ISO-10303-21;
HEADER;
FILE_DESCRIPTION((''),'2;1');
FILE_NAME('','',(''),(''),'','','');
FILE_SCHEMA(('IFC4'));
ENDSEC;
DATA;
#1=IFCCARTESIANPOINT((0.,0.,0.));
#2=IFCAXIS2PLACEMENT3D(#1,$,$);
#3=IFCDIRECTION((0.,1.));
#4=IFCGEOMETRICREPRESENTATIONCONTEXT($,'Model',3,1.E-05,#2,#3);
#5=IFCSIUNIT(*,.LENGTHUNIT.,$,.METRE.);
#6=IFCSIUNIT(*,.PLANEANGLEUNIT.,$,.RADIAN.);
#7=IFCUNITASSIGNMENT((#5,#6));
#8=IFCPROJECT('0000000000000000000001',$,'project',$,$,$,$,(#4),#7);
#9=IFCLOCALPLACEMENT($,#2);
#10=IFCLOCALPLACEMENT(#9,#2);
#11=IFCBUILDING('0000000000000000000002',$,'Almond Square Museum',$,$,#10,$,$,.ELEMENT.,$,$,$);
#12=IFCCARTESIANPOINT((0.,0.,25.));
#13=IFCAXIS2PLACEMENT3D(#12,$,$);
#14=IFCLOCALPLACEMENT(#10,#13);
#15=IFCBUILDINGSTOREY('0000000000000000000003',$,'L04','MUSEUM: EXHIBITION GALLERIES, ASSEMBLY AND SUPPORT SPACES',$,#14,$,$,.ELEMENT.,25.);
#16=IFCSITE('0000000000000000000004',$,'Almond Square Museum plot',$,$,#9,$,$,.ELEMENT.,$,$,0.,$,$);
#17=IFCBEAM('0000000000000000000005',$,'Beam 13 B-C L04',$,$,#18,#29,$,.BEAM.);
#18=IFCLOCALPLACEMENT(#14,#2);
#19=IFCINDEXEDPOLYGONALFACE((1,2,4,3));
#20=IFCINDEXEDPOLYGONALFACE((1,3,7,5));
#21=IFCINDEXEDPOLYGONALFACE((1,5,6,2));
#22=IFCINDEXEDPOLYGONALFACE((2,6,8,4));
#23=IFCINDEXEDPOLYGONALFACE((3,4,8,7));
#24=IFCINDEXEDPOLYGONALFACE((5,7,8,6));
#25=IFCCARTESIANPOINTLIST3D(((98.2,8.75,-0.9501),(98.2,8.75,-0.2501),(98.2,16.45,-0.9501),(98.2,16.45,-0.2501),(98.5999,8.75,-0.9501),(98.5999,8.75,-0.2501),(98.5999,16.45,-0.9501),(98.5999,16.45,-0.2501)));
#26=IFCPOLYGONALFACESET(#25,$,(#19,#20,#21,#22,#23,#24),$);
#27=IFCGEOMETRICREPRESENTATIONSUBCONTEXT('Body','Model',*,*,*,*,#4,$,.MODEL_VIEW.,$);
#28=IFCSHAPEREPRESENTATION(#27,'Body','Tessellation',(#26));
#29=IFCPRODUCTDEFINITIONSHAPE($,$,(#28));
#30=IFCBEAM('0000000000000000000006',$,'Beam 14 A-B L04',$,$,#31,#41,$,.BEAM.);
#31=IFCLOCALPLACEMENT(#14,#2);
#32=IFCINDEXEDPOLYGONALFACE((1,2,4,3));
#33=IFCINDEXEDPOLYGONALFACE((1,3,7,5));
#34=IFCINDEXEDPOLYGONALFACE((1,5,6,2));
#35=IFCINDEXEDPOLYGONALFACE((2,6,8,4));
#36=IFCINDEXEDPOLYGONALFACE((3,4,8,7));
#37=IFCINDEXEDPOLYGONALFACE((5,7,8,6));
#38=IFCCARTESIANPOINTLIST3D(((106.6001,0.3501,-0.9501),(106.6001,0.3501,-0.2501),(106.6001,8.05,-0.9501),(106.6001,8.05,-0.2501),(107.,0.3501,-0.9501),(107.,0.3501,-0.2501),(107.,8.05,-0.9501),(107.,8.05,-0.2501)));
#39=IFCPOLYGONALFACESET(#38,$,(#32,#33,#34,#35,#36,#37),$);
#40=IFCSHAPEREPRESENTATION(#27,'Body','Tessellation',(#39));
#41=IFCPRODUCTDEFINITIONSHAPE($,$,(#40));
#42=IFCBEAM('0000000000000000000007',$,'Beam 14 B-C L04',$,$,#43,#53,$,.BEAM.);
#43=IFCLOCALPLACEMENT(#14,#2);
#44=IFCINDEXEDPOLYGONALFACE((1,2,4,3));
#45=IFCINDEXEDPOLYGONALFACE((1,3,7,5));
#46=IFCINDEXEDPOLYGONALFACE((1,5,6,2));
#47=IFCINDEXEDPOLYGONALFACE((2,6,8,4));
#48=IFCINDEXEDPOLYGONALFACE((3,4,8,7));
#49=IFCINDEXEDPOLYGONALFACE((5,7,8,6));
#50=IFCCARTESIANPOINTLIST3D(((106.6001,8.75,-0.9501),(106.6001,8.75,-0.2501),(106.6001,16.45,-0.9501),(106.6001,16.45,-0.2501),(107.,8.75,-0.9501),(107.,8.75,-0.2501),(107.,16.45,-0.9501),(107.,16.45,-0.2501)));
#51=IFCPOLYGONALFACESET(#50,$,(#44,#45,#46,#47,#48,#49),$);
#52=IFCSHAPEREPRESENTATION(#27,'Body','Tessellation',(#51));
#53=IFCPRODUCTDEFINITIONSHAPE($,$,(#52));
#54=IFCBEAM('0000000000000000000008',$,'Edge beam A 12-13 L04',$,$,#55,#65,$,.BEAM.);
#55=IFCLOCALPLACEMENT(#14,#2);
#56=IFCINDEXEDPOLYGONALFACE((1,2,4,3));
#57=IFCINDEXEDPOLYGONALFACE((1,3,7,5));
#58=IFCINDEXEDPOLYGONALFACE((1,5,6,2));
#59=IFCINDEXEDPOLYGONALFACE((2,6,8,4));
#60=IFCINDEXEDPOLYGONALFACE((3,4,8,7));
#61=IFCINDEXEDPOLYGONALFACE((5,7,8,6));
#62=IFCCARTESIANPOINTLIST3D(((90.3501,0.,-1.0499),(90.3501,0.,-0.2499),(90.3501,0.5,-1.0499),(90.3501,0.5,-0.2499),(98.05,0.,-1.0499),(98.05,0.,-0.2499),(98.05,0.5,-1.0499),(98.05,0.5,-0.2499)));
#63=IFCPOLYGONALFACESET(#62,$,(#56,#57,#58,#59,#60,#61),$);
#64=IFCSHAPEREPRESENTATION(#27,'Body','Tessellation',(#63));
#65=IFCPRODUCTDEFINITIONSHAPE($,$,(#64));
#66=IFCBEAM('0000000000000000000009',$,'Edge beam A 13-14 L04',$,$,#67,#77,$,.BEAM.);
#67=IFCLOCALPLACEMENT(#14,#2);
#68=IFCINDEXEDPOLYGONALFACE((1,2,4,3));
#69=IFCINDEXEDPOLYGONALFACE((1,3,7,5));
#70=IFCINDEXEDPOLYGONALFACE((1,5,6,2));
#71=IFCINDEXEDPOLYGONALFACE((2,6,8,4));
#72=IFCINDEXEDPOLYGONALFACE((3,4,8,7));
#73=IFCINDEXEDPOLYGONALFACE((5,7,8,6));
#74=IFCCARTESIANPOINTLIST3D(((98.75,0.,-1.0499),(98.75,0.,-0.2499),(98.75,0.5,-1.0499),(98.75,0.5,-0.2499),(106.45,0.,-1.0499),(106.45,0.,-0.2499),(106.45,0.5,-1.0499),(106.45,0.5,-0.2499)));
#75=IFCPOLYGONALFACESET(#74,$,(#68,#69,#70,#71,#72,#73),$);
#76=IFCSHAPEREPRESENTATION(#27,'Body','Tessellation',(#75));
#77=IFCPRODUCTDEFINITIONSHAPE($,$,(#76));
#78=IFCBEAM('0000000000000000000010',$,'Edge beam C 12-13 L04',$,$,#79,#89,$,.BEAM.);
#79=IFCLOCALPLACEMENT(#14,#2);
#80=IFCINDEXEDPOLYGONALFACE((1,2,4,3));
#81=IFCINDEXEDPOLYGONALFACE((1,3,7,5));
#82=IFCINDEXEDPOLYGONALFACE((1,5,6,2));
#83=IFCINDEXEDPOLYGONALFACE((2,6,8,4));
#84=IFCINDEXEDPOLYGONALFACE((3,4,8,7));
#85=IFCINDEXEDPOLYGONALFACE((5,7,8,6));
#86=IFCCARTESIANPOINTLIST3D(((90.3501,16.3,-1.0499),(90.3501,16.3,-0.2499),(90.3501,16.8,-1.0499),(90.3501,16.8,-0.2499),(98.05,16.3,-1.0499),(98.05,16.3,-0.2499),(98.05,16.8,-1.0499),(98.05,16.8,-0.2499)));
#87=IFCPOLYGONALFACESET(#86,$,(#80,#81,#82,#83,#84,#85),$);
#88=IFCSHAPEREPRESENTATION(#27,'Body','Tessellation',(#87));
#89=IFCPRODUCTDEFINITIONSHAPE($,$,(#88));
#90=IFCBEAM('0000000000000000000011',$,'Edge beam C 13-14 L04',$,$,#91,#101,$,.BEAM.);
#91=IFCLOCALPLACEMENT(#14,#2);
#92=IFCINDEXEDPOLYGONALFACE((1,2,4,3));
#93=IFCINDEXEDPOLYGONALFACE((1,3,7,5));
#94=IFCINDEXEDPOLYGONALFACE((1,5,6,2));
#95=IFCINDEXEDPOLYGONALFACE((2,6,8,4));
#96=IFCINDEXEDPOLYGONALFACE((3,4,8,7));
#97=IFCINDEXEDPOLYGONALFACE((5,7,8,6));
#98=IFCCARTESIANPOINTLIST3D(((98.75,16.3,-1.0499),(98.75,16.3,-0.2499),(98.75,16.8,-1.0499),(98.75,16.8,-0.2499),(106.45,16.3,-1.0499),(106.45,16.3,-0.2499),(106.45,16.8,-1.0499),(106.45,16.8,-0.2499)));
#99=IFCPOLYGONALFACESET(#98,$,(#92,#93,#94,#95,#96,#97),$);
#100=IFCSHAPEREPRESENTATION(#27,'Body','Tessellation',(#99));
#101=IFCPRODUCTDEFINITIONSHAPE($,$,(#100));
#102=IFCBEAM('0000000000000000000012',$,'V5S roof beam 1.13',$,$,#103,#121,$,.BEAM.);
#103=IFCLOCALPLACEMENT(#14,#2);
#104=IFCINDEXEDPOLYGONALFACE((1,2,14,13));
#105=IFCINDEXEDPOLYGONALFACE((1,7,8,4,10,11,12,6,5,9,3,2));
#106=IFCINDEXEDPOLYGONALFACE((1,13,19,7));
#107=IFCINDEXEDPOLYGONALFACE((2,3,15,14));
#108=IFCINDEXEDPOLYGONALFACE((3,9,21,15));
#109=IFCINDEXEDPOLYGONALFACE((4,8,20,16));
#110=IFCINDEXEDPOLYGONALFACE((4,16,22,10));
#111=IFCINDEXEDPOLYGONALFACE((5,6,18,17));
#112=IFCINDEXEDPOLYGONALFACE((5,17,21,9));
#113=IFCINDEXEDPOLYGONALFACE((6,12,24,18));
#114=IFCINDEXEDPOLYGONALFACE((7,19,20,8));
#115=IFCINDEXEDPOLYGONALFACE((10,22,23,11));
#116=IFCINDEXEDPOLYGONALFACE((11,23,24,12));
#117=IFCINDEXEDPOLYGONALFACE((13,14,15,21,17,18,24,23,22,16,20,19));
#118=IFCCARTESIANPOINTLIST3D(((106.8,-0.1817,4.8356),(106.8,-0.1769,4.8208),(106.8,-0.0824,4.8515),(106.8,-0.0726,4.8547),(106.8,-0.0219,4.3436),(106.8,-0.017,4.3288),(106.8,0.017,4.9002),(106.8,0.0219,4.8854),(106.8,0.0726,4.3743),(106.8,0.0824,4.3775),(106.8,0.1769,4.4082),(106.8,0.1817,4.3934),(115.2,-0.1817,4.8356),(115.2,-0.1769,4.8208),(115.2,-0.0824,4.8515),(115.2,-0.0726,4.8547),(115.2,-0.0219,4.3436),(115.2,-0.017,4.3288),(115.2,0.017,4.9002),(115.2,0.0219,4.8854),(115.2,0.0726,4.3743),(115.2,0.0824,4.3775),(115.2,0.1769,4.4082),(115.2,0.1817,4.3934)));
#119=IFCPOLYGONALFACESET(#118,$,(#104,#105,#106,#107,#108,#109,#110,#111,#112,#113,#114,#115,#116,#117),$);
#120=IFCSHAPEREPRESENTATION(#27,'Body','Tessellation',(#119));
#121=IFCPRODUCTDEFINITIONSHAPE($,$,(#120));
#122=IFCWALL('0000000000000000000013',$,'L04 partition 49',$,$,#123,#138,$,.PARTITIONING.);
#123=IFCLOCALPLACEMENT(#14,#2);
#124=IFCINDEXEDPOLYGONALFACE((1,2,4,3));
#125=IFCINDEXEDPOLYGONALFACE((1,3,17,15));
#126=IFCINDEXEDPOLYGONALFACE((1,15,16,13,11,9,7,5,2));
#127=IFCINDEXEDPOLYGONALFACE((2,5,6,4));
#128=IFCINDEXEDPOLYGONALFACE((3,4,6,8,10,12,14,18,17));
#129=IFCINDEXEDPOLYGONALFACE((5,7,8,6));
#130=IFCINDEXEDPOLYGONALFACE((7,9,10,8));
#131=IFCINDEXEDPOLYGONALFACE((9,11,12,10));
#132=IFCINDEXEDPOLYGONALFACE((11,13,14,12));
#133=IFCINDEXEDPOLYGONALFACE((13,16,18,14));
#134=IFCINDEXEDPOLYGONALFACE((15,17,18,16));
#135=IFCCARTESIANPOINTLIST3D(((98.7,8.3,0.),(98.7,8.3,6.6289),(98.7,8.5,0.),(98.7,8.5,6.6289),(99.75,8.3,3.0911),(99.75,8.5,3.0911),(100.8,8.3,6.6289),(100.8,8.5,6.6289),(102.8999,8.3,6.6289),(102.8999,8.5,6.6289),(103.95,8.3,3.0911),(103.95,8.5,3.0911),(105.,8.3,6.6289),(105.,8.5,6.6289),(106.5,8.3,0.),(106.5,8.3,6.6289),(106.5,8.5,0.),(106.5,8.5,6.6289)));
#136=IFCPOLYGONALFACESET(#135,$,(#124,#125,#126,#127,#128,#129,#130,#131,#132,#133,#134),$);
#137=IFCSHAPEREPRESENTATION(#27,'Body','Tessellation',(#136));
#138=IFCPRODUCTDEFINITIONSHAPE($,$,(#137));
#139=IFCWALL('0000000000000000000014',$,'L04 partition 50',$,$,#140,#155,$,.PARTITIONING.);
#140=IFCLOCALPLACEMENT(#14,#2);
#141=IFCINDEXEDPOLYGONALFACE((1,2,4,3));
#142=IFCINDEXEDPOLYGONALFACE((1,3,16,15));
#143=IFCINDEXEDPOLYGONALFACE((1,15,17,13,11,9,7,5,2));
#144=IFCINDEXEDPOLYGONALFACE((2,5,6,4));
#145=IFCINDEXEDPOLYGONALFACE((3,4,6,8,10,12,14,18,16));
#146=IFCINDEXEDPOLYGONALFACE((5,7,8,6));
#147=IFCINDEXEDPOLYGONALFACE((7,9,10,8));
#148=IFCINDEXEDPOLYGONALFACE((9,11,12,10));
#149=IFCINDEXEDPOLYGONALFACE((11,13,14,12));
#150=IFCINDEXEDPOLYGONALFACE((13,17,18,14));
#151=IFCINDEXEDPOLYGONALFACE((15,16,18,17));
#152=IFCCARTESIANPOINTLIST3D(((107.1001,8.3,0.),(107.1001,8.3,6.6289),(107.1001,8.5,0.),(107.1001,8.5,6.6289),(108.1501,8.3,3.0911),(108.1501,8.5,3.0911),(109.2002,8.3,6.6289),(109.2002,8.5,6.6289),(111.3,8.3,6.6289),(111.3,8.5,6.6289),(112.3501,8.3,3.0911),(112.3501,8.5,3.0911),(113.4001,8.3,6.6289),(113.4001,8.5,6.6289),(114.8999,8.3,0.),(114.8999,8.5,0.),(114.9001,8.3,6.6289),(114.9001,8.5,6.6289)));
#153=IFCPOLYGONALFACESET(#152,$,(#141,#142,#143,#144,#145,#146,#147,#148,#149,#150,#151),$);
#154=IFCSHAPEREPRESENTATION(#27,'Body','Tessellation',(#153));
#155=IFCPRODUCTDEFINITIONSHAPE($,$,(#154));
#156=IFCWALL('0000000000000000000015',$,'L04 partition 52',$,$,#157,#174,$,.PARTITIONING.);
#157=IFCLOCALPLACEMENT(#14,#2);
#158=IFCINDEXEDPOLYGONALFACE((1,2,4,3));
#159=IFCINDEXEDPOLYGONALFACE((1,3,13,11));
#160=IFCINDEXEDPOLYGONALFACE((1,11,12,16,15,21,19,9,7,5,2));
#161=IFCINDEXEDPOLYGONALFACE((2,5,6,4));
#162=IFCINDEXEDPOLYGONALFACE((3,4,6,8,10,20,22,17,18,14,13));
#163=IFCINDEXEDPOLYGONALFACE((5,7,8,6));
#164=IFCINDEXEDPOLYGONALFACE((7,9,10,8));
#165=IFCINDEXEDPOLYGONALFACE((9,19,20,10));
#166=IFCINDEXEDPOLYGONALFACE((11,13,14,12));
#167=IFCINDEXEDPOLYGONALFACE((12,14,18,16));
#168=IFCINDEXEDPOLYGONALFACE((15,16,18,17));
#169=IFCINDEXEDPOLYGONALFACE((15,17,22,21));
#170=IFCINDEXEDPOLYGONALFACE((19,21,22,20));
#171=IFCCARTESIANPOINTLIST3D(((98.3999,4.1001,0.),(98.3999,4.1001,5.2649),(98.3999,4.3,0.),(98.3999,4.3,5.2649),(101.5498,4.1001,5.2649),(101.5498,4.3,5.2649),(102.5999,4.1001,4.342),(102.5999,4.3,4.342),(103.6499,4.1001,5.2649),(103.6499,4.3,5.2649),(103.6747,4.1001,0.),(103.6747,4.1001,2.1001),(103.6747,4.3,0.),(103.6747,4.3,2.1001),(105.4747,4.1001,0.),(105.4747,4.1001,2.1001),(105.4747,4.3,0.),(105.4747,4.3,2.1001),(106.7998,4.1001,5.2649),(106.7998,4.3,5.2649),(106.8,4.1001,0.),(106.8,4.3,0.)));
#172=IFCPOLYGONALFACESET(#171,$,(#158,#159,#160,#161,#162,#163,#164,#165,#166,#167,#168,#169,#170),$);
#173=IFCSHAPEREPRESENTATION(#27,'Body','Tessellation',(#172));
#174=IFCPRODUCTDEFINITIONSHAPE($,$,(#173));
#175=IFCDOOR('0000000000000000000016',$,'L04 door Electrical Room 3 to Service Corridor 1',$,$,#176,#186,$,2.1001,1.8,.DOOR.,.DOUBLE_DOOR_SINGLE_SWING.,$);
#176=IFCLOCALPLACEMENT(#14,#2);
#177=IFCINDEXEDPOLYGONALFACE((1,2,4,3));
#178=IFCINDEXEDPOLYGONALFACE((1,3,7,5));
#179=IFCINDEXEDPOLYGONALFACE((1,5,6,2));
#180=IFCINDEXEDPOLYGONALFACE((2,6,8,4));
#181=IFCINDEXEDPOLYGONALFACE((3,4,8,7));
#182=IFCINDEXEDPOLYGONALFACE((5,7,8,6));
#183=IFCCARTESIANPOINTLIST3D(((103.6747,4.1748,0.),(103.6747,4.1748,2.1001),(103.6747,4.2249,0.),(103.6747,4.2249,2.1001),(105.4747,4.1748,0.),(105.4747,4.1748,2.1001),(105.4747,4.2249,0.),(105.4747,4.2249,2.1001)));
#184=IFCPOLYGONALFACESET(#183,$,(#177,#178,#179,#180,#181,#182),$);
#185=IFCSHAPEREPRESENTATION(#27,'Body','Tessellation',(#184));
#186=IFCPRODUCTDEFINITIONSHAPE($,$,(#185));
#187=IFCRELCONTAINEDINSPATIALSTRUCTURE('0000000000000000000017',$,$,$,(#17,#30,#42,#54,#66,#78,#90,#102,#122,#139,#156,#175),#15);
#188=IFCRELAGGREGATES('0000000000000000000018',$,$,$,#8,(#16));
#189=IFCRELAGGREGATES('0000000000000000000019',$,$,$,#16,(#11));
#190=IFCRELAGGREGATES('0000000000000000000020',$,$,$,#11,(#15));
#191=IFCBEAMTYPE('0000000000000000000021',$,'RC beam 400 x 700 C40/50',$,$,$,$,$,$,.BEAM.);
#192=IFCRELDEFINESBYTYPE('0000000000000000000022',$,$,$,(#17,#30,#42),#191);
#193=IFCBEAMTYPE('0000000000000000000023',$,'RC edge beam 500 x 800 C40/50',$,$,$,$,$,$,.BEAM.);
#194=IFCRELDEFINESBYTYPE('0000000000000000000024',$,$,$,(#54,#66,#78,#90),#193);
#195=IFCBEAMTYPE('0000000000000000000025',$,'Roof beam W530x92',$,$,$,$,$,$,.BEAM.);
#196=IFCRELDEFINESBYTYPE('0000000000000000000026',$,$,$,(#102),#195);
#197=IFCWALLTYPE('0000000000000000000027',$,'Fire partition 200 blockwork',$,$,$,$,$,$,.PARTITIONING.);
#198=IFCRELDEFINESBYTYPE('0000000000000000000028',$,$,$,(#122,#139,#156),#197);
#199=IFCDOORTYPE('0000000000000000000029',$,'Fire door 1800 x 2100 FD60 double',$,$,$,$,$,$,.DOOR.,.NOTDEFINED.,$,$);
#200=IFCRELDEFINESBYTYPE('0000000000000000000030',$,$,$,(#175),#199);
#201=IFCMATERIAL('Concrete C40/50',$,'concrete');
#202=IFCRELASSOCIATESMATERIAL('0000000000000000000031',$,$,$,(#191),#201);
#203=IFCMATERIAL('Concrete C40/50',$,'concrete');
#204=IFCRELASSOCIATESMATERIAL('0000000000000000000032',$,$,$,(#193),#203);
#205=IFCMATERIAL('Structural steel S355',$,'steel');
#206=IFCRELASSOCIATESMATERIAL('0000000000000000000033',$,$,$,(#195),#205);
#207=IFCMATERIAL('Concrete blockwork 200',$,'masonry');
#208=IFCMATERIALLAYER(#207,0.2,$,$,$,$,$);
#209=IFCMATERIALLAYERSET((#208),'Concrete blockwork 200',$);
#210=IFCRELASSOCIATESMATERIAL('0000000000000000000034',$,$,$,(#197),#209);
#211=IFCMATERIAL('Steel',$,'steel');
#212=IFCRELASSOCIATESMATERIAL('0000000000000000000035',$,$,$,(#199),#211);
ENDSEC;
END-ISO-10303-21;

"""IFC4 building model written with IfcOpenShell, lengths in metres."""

from ifc_helpers import new_model, si_unit, direction, frame, frame_2d, origin, origin_2d, place, context, subcontext, project, spatial, polyline, rectangle, i_section, outline, extrude, material, layer, layer_set, material_profile, profile_set, type_object, element, fill, save


model = new_model("IFC4")

# Units and contexts
model_context = context("Model", 3, precision=1e-05, world=origin(), true_north=direction((0.0, 1.0)))
body_context = subcontext(model_context, "Body", "Model", "MODEL_VIEW")
ifc_project = project(units=[si_unit("LENGTHUNIT", "METRE"), si_unit("PLANEANGLEUNIT", "RADIAN")], contexts=[model_context])

# Site, building, storey
site_placement = place(None, origin())
site = spatial("IfcSite", under=ifc_project, at=site_placement, Name="Almond Square Museum plot", CompositionType="ELEMENT", RefElevation=0.0)
building_placement = place(site_placement, origin())
building = spatial("IfcBuilding", under=site, at=building_placement, Name="Almond Square Museum", CompositionType="ELEMENT")
storey_placement = place(building_placement, frame((0.0, 0.0, 25.0)))
storey = spatial("IfcBuildingStorey", under=building, at=storey_placement, Name="L04", Description="MUSEUM: EXHIBITION GALLERIES, ASSEMBLY AND SUPPORT SPACES", CompositionType="ELEMENT", Elevation=25.0)

# Beams
ifc_material_1 = material(Name="Concrete C40/50", Category="concrete")
ifc_material_profile_1 = material_profile(ifc_material_1, rectangle(XDim=0.3999, YDim=0.7, at=origin_2d()))
ifc_profile_set_1 = profile_set([ifc_material_profile_1], Name="Concrete C40/50")
beam_type_1 = type_object("IfcBeamType", Name="RC beam 400 x 700 C40/50", PredefinedType="BEAM", material=ifc_profile_set_1)
for number, where, z_axis, x_axis, name in (
    (1, (98.3999, 8.75, -0.6001), (0.0, 1.0, 0.0), (-1.0, 0.0, 0.0), "Beam 13 B-C L04"),
    (2, (106.8, 0.3501, -0.6001), (0.0, 1.0, 0.0), (-1.0, 0.0, 0.0), "Beam 14 A-B L04"),
    (3, (106.8, 8.75, -0.6001), (0.0, 1.0, 0.0), (-1.0, 0.0, 0.0), "Beam 14 B-C L04"),
):
    element("IfcBeam", number, at=place(storey_placement, frame(where, z_axis=z_axis, x_axis=x_axis)), inside=storey, type_object=beam_type_1, Name=name, PredefinedType="BEAM", context=body_context, shape_type="SweptSolid", body=[
        extrude(rectangle(XDim=0.3999, YDim=0.7, at=origin_2d()), origin(), (0.0, 0.0, 1.0), 7.7),
    ])
ifc_material_2 = material(Name="Concrete C40/50", Category="concrete")
ifc_material_profile_2 = material_profile(ifc_material_2, rectangle(XDim=0.5, YDim=0.8, at=origin_2d()))
ifc_profile_set_2 = profile_set([ifc_material_profile_2], Name="Concrete C40/50")
beam_type_2 = type_object("IfcBeamType", Name="RC edge beam 500 x 800 C40/50", PredefinedType="BEAM", material=ifc_profile_set_2)
for number, where, z_axis, x_axis, name in (
    (4, (90.3501, 0.25, -0.6499), (1.0, 0.0, 0.0), (0.0, 1.0, 0.0), "Edge beam A 12-13 L04"),
    (5, (98.75, 0.25, -0.6499), (1.0, 0.0, 0.0), (0.0, 1.0, 0.0), "Edge beam A 13-14 L04"),
    (6, (90.3501, 16.55, -0.6499), (1.0, 0.0, 0.0), (0.0, 1.0, 0.0), "Edge beam C 12-13 L04"),
    (7, (98.75, 16.55, -0.6499), (1.0, 0.0, 0.0), (0.0, 1.0, 0.0), "Edge beam C 13-14 L04"),
):
    element("IfcBeam", number, at=place(storey_placement, frame(where, z_axis=z_axis, x_axis=x_axis)), inside=storey, type_object=beam_type_2, Name=name, PredefinedType="BEAM", context=body_context, shape_type="SweptSolid", body=[
        extrude(rectangle(XDim=0.5, YDim=0.8, at=origin_2d()), origin(), (0.0, 0.0, 1.0), 7.7),
    ])
ifc_material_3 = material(Name="Structural steel S355", Category="steel")
ifc_material_profile_3 = material_profile(ifc_material_3, i_section(OverallWidth=0.209, OverallDepth=0.533, WebThickness=0.0103, FlangeThickness=0.0156, at=origin_2d()))
ifc_profile_set_3 = profile_set([ifc_material_profile_3], Name="Structural steel S355")
beam_type_3 = type_object("IfcBeamType", Name="Roof beam W530x92", PredefinedType="BEAM", material=ifc_profile_set_3)
beam_placement = place(storey_placement, frame((106.8, 0.0, 4.6145), z_axis=(1.0, 0.0, 0.0), x_axis=(0.0, 0.951057, 0.309017)))
element("IfcBeam", 8, at=beam_placement, inside=storey, type_object=beam_type_3, Name="V5S roof beam 1.13", PredefinedType="BEAM", context=body_context, shape_type="SweptSolid", body=[
    extrude(i_section(OverallWidth=0.209, OverallDepth=0.533, WebThickness=0.0103, FlangeThickness=0.0156, at=origin_2d()), origin(), (0.0, 0.0, 1.0), 8.3999),
])

# Walls
ifc_material_4 = material(Name="Concrete blockwork 200", Category="masonry")
ifc_layer_1 = layer(ifc_material_4, 0.2)
ifc_layer_set_1 = layer_set([ifc_layer_1], Name="Concrete blockwork 200")
wall_type_1 = type_object("IfcWallType", Name="Fire partition 200 blockwork", PredefinedType="PARTITIONING", material=ifc_layer_set_1)
wall_1_placement = place(storey_placement, frame((98.7, 8.3999, 0.0), z_axis=(0.0, 0.0, 1.0), x_axis=(1.0, 0.0, 0.0)))
element("IfcWall", 9, at=wall_1_placement, inside=storey, type_object=wall_type_1, Name="L04 partition 49", PredefinedType="PARTITIONING", context=body_context, shape_type="SweptSolid", body=[
    extrude(outline(polyline([(0.0, 0.0), (7.8, 0.0), (7.8, 6.6289), (6.3, 6.6289), (5.25, 3.0911), (4.2, 6.6289), (2.1001, 6.6289), (1.05, 3.0911), (0.0, 6.6289), (0.0, 0.0)])), frame((0.0, 0.1001, 0.0), z_axis=(0.0, -1.0, 0.0), x_axis=(1.0, 0.0, 0.0)), (0.0, 0.0, 1.0), 0.2),
])
wall_2_placement = place(storey_placement, frame((107.1001, 8.3999, 0.0), z_axis=(0.0, 0.0, 1.0), x_axis=(1.0, 0.0, 0.0)))
element("IfcWall", 10, at=wall_2_placement, inside=storey, type_object=wall_type_1, Name="L04 partition 50", PredefinedType="PARTITIONING", context=body_context, shape_type="SweptSolid", body=[
    extrude(outline(polyline([(0.0, 0.0), (7.7998, 0.0), (7.8, 6.6289), (6.3, 6.6289), (5.25, 3.0911), (4.2, 6.6289), (2.1001, 6.6289), (1.05, 3.0911), (0.0, 6.6289), (0.0, 0.0)])), frame((0.0, 0.1001, 0.0), z_axis=(0.0, -1.0, 0.0), x_axis=(1.0, 0.0, 0.0)), (0.0, 0.0, 1.0), 0.2),
])

# Wall, opening, door
wall_3_placement = place(storey_placement, frame((98.3999, 4.2, 0.0), z_axis=(0.0, 0.0, 1.0), x_axis=(1.0, 0.0, 0.0)))
wall_3 = element("IfcWall", 11, at=wall_3_placement, inside=storey, type_object=wall_type_1, Name="L04 partition 52", PredefinedType="PARTITIONING", context=body_context, shape_type="SweptSolid", body=[
    extrude(outline(polyline([(0.0, 0.0), (8.4001, 0.0), (8.3999, 5.2649), (5.25, 5.2649), (4.2, 4.342), (3.1499, 5.2649), (0.0, 5.2649), (0.0, 0.0)])), frame((0.0, 0.1001, 0.0), z_axis=(0.0, -1.0, 0.0), x_axis=(1.0, 0.0, 0.0)), (0.0, 0.0, 1.0), 0.2),
])
opening_placement = place(wall_3_placement, frame((5.2749, 0.0, 0.0)))
opening = element("IfcOpeningElement", 12, at=opening_placement, cuts=wall_3, PredefinedType="OPENING", context=body_context, shape_type="SweptSolid", body=[
    extrude(rectangle(XDim=1.8, YDim=2.1001, at=frame_2d((0.8999, 1.05))), frame((0.0, 0.1099, 0.0), z_axis=(0.0, -1.0, 0.0), x_axis=(1.0, 0.0, 0.0)), (0.0, 0.0, 1.0), 0.22),
])
ifc_material_5 = material(Name="Steel", Category="steel")
door_type = type_object("IfcDoorType", Name="Fire door 1800 x 2100 FD60 double", OperationType="NOTDEFINED", PredefinedType="DOOR", material=ifc_material_5)
door_placement = place(opening_placement, origin())
door = element("IfcDoor", 13, at=door_placement, inside=storey, type_object=door_type, Name="L04 door Electrical Room 3 to Service Corridor 1", OperationType="DOUBLE_DOOR_SINGLE_SWING", OverallHeight=2.1001, OverallWidth=1.8, PredefinedType="DOOR", context=body_context, shape_type="SweptSolid", body=[
    extrude(rectangle(XDim=1.8, YDim=2.1001, at=frame_2d((0.8999, 1.05))), frame((0.0, 0.0249, 0.0), z_axis=(0.0, -1.0, 0.0), x_axis=(1.0, 0.0, 0.0)), (0.0, 0.0, 1.0), 0.05),
])
fill(opening, door)

save(model, "model.ifc")
